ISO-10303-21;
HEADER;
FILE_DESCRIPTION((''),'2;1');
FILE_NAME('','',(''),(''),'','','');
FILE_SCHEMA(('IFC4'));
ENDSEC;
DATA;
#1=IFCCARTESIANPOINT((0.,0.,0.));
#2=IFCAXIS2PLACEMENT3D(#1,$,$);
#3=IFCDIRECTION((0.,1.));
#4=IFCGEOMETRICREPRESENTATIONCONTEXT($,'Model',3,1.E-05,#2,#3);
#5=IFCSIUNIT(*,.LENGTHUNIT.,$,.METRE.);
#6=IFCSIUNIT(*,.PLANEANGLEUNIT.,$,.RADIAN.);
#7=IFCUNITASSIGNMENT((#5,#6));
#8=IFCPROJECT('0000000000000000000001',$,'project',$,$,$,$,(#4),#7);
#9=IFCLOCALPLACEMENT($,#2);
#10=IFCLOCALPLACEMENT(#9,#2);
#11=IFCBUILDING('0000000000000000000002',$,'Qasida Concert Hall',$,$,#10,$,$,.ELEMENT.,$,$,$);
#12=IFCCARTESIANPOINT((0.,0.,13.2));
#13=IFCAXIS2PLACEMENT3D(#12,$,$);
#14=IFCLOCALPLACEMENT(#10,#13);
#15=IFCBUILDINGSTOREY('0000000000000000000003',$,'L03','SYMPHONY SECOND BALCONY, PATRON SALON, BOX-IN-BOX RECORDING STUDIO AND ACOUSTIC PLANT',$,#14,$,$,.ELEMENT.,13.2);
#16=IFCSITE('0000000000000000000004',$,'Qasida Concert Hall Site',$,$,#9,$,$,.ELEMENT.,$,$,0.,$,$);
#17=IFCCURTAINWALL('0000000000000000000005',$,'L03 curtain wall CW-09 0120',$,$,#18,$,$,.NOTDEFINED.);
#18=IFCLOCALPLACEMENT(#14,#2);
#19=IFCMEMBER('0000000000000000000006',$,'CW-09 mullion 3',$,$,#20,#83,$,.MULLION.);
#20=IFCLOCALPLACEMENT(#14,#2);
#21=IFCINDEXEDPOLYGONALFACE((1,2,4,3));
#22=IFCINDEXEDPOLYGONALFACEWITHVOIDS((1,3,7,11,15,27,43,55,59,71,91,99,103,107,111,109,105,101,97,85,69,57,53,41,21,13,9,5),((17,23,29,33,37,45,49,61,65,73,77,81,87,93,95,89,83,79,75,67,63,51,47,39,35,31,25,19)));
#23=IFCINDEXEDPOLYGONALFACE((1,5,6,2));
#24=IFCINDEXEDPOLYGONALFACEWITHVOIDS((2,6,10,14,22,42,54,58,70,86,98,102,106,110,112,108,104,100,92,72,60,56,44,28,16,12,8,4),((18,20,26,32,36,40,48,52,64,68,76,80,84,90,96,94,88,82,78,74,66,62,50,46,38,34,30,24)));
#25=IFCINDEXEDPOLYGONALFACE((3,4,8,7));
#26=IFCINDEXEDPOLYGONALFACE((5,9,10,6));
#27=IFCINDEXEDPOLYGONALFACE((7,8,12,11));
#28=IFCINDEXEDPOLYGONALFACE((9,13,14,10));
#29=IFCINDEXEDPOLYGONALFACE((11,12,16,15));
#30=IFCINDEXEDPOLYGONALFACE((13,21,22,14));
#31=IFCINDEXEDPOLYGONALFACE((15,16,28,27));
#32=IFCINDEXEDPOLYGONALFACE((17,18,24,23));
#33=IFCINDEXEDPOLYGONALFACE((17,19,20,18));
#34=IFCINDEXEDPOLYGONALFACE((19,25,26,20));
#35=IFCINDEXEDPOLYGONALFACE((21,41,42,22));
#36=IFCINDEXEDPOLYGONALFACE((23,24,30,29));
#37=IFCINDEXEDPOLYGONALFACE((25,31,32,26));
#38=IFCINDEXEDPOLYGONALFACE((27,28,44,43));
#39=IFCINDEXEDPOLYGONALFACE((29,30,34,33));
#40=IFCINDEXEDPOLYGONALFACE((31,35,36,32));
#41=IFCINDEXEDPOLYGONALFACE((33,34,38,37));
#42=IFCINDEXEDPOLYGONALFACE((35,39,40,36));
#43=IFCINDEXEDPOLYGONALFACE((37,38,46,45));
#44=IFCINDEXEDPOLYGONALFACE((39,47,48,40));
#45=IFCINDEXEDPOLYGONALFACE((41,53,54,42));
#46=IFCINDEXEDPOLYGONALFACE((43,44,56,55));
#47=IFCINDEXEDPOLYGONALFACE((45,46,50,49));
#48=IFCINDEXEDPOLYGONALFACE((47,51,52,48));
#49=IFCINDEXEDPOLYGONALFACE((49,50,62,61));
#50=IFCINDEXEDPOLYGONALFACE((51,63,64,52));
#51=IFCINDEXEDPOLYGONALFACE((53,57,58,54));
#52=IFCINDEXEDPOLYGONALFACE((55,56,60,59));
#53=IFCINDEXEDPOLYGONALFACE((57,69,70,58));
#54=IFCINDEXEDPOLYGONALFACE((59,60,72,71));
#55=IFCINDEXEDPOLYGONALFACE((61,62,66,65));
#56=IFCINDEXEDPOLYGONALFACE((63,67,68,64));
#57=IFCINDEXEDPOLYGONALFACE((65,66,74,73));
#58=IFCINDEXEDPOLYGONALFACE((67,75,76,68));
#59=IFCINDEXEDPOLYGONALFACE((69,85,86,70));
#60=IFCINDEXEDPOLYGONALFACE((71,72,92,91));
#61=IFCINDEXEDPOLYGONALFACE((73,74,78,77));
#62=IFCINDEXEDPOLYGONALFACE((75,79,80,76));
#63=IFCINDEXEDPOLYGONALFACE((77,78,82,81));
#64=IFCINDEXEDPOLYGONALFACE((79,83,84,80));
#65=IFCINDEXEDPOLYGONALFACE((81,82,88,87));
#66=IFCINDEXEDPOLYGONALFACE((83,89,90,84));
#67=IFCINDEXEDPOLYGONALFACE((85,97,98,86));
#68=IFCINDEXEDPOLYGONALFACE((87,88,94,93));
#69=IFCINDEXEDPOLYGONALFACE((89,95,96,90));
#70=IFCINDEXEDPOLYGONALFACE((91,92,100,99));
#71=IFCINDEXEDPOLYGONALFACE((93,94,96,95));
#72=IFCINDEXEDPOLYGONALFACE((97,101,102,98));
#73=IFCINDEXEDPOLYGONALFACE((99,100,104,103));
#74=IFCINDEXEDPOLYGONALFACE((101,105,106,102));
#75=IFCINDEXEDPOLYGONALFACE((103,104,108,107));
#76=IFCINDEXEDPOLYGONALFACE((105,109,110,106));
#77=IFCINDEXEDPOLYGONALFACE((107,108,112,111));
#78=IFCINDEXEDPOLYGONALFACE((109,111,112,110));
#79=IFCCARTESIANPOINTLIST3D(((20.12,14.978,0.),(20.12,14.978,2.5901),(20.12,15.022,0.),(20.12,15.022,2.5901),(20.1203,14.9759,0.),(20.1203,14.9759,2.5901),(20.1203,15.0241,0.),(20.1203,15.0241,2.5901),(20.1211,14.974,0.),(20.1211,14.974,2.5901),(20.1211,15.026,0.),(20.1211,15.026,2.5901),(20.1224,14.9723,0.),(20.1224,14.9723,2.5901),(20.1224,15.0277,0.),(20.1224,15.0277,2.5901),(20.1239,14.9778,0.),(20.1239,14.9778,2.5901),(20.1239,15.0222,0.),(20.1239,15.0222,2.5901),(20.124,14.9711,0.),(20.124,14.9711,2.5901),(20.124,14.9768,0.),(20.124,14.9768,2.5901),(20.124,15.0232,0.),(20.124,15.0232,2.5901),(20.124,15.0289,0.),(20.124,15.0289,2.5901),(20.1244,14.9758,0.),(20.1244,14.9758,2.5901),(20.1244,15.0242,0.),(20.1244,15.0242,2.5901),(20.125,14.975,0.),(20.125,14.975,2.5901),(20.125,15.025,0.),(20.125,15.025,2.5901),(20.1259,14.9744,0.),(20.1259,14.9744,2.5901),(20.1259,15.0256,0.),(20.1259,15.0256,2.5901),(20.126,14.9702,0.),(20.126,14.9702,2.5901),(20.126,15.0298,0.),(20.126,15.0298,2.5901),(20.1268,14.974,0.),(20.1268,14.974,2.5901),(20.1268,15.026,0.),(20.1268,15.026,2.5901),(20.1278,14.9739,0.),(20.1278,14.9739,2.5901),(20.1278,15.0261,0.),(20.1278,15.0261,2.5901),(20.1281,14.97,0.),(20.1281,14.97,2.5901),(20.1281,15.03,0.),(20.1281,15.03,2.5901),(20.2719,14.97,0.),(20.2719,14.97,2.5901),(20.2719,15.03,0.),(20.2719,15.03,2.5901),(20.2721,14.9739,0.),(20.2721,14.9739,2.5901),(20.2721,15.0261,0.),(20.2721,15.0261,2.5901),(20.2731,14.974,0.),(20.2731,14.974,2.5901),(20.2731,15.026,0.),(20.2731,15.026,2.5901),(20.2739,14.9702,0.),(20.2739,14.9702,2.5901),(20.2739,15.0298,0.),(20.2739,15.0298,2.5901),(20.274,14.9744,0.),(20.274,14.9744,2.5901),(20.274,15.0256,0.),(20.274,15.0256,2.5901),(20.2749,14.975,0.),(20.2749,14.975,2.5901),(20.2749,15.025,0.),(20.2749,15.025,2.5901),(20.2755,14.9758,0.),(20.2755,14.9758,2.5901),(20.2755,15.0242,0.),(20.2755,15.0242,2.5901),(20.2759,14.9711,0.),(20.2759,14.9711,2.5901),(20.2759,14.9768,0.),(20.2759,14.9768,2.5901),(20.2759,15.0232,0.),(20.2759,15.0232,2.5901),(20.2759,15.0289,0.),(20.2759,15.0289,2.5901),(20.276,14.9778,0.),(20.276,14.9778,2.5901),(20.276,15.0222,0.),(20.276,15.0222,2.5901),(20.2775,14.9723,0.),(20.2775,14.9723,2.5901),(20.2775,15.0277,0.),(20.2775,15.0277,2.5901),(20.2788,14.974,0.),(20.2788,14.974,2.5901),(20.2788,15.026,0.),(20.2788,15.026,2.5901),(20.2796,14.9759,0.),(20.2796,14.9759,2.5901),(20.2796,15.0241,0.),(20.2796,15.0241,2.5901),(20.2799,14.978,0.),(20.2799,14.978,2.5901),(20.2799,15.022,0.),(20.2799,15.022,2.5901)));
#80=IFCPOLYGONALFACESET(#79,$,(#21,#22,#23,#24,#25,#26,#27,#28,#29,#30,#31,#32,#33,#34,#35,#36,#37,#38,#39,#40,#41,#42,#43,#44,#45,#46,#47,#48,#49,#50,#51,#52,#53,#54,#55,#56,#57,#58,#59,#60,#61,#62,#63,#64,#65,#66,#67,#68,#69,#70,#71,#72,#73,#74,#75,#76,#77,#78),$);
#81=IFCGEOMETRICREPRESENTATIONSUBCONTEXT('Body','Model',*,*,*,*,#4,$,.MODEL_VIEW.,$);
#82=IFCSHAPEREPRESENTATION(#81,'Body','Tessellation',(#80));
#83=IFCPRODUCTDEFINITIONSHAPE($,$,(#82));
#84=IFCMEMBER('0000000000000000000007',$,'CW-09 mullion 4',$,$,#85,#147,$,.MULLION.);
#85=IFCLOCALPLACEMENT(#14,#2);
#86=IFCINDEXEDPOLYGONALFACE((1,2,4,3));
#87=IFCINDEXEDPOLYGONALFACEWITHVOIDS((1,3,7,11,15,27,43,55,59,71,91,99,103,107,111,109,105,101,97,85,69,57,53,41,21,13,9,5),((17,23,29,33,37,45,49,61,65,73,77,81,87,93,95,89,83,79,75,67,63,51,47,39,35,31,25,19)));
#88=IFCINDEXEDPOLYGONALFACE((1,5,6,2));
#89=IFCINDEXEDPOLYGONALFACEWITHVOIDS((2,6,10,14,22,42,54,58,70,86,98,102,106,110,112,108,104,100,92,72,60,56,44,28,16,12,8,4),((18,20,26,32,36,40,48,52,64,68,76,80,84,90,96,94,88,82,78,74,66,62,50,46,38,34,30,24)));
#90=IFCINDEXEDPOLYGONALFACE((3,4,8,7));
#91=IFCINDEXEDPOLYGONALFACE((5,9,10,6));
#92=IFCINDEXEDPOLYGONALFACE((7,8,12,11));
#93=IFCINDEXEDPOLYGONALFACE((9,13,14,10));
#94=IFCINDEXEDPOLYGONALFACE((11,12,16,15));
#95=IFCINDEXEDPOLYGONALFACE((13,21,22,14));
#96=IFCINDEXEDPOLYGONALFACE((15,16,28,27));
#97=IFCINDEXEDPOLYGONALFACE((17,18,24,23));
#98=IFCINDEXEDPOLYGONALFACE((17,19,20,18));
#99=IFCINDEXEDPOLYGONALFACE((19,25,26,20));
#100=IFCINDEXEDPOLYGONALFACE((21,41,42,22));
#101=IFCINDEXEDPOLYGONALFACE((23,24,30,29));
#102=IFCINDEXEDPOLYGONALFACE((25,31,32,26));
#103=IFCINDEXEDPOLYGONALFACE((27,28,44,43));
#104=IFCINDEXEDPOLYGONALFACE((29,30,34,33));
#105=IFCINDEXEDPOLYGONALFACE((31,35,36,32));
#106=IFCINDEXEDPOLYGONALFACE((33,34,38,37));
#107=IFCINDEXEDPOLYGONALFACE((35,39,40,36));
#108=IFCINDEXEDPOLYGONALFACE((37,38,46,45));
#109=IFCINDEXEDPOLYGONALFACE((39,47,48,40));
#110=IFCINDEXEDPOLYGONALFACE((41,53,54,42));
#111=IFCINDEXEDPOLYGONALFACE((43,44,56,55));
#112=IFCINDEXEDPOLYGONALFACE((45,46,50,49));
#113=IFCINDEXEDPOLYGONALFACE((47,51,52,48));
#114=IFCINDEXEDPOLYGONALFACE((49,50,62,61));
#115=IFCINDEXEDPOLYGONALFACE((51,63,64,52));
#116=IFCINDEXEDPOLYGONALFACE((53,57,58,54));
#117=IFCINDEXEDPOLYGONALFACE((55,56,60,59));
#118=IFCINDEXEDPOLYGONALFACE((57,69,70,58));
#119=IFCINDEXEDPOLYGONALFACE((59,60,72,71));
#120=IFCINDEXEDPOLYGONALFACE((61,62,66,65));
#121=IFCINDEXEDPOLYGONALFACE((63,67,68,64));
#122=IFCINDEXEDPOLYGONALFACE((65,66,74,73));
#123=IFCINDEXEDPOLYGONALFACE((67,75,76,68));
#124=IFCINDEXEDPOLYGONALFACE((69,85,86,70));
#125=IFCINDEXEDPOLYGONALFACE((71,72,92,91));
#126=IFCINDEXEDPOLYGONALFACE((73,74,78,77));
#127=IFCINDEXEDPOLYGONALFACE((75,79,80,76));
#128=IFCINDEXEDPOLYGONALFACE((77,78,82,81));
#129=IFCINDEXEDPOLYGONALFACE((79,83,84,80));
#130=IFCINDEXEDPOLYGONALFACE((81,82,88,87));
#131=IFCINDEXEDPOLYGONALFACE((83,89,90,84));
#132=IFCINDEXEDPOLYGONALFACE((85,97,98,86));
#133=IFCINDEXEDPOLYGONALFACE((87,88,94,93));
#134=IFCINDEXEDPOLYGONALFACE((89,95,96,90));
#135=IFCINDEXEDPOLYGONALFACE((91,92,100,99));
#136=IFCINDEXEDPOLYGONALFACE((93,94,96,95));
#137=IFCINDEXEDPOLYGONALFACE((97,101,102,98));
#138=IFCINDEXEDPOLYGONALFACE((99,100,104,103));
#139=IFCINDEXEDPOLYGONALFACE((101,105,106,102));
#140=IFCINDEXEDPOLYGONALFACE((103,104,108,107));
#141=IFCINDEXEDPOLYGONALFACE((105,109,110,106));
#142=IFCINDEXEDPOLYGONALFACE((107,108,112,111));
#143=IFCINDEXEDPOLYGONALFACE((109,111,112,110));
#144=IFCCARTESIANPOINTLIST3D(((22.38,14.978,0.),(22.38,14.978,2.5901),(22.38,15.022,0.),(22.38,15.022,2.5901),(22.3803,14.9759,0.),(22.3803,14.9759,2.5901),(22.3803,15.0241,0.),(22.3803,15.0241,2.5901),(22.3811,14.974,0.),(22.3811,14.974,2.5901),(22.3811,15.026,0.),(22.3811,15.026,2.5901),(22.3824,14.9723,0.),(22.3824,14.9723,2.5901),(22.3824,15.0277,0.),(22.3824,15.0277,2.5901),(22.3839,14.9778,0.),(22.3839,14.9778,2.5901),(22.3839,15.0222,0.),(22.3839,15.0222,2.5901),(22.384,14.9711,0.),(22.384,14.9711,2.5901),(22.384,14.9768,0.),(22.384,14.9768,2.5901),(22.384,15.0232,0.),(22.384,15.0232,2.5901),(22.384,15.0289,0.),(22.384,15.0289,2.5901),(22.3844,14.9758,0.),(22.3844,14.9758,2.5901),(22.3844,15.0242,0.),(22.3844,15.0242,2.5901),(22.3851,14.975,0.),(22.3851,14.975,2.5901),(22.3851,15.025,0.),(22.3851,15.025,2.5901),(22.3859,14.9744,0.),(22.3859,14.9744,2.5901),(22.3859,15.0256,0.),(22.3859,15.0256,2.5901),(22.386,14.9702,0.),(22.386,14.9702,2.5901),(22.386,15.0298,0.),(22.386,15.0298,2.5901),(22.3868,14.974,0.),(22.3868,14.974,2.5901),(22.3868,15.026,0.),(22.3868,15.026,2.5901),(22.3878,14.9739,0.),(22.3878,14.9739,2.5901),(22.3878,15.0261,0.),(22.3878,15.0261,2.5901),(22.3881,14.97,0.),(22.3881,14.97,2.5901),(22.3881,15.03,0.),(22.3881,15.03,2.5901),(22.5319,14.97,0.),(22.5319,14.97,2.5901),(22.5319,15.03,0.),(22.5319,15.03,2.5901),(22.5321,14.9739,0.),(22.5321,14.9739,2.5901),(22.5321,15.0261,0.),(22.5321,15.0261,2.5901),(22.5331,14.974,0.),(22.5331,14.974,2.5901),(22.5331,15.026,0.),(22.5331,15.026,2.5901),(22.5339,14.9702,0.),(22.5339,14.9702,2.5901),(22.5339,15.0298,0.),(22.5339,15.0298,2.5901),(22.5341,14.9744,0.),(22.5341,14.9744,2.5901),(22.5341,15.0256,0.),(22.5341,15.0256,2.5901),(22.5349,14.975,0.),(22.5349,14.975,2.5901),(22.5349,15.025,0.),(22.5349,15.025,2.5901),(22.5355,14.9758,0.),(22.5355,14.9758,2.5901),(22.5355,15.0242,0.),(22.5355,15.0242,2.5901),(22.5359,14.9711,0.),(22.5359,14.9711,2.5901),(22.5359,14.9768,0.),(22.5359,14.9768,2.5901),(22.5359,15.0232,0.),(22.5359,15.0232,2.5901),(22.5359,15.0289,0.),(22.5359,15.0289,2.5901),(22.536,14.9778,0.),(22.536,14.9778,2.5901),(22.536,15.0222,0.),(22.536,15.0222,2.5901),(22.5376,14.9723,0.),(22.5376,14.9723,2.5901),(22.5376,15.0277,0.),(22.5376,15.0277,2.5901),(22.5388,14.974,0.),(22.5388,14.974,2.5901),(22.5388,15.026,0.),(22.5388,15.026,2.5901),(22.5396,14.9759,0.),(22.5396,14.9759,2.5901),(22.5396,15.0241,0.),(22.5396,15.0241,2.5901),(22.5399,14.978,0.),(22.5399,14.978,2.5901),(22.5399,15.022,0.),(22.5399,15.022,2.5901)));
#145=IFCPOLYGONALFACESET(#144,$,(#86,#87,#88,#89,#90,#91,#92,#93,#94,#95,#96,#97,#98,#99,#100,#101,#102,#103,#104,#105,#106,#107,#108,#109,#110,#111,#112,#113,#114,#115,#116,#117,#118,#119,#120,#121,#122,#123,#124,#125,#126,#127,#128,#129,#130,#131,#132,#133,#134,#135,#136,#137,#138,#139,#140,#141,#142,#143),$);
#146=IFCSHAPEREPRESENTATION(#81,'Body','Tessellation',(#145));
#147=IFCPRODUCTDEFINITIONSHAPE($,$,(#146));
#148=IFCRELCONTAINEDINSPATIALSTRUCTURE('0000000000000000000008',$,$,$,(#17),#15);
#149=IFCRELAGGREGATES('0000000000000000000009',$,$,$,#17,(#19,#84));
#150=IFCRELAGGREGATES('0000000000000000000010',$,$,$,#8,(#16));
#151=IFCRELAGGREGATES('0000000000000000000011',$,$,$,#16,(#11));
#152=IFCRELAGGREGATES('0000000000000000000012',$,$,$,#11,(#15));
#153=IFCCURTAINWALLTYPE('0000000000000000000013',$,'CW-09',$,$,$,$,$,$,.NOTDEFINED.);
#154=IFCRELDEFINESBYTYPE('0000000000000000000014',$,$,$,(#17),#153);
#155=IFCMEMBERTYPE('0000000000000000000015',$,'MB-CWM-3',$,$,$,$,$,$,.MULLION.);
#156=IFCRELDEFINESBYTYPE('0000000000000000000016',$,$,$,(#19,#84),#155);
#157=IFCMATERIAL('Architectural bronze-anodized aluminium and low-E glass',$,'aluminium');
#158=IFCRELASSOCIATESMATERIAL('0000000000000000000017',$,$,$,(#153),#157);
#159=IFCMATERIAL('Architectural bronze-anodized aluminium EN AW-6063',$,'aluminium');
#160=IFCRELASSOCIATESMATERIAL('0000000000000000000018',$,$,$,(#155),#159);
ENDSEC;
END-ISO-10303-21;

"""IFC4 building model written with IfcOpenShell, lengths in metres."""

from ifc_helpers import new_model, si_unit, direction, frame, origin, origin_2d, place, context, subcontext, project, spatial, hollow_rectangle, extrude, material, material_profile, profile_set, type_object, element, aggregate, save


model = new_model("IFC4")

# Units and contexts
model_context = context("Model", 3, precision=1e-05, world=origin(), true_north=direction((0.0, 1.0)))
body_context = subcontext(model_context, "Body", "Model", "MODEL_VIEW")
ifc_project = project(units=[si_unit("LENGTHUNIT", "METRE"), si_unit("PLANEANGLEUNIT", "RADIAN")], contexts=[model_context])

# Site, building, storey
site_placement = place(None, origin())
site = spatial("IfcSite", under=ifc_project, at=site_placement, Name="Qasida Concert Hall Site", CompositionType="ELEMENT", RefElevation=0.0)
building_placement = place(site_placement, origin())
building = spatial("IfcBuilding", under=site, at=building_placement, Name="Qasida Concert Hall", CompositionType="ELEMENT")
storey_placement = place(building_placement, frame((0.0, 0.0, 13.2)))
storey = spatial("IfcBuildingStorey", under=building, at=storey_placement, Name="L03", Description="SYMPHONY SECOND BALCONY, PATRON SALON, BOX-IN-BOX RECORDING STUDIO AND ACOUSTIC PLANT", CompositionType="ELEMENT", Elevation=13.2)

# Curtain wall, members
ifc_material_1 = material(Name="Architectural bronze-anodized aluminium and low-E glass", Category="aluminium")
curtain_wall_type = type_object("IfcCurtainWallType", Name="CW-09", PredefinedType="NOTDEFINED", material=ifc_material_1)
curtain_wall_1_placement = place(storey_placement, origin())
curtain_wall_1 = element("IfcCurtainWall", 1, at=curtain_wall_1_placement, inside=storey, type_object=curtain_wall_type, Name="L03 curtain wall CW-09 0120", PredefinedType="NOTDEFINED")
ifc_material_2 = material(Name="Architectural bronze-anodized aluminium EN AW-6063", Category="aluminium")
ifc_material_profile_1 = material_profile(ifc_material_2, hollow_rectangle(XDim=0.0601, YDim=0.1599, WallThickness=0.0039, InnerFilletRadius=0.0039, OuterFilletRadius=0.0081, at=origin_2d()), Name="CWM 160x60x4")
ifc_profile_set_1 = profile_set([ifc_material_profile_1], Name="Architectural bronze-anodized aluminium EN AW-6063")
member_type_1 = type_object("IfcMemberType", Name="MB-CWM-3", PredefinedType="MULLION", material=ifc_profile_set_1)
member_1_placement = place(storey_placement, frame((20.2, 15.0, 0.0), z_axis=(0.0, 0.0, 1.0), x_axis=(0.0, 1.0, 0.0)))
member_1 = element("IfcMember", 2, at=member_1_placement, type_object=member_type_1, Name="CW-09 mullion 3", PredefinedType="MULLION", context=body_context, shape_type="SweptSolid", body=[
    extrude(hollow_rectangle(XDim=0.0601, YDim=0.1599, WallThickness=0.0039, InnerFilletRadius=0.0039, OuterFilletRadius=0.0081, at=origin_2d()), origin(), (0.0, 0.0, 1.0), 2.5901),
])
member_2_placement = place(storey_placement, frame((22.46, 15.0, 0.0), z_axis=(0.0, 0.0, 1.0), x_axis=(0.0, 1.0, 0.0)))
member_2 = element("IfcMember", 3, at=member_2_placement, type_object=member_type_1, Name="CW-09 mullion 4", PredefinedType="MULLION", context=body_context, shape_type="SweptSolid", body=[
    extrude(hollow_rectangle(XDim=0.0601, YDim=0.1599, WallThickness=0.0039, InnerFilletRadius=0.0039, OuterFilletRadius=0.0081, at=origin_2d()), origin(), (0.0, 0.0, 1.0), 2.5901),
])

aggregate(curtain_wall_1, [member_1, member_2])

save(model, "model.ifc")
